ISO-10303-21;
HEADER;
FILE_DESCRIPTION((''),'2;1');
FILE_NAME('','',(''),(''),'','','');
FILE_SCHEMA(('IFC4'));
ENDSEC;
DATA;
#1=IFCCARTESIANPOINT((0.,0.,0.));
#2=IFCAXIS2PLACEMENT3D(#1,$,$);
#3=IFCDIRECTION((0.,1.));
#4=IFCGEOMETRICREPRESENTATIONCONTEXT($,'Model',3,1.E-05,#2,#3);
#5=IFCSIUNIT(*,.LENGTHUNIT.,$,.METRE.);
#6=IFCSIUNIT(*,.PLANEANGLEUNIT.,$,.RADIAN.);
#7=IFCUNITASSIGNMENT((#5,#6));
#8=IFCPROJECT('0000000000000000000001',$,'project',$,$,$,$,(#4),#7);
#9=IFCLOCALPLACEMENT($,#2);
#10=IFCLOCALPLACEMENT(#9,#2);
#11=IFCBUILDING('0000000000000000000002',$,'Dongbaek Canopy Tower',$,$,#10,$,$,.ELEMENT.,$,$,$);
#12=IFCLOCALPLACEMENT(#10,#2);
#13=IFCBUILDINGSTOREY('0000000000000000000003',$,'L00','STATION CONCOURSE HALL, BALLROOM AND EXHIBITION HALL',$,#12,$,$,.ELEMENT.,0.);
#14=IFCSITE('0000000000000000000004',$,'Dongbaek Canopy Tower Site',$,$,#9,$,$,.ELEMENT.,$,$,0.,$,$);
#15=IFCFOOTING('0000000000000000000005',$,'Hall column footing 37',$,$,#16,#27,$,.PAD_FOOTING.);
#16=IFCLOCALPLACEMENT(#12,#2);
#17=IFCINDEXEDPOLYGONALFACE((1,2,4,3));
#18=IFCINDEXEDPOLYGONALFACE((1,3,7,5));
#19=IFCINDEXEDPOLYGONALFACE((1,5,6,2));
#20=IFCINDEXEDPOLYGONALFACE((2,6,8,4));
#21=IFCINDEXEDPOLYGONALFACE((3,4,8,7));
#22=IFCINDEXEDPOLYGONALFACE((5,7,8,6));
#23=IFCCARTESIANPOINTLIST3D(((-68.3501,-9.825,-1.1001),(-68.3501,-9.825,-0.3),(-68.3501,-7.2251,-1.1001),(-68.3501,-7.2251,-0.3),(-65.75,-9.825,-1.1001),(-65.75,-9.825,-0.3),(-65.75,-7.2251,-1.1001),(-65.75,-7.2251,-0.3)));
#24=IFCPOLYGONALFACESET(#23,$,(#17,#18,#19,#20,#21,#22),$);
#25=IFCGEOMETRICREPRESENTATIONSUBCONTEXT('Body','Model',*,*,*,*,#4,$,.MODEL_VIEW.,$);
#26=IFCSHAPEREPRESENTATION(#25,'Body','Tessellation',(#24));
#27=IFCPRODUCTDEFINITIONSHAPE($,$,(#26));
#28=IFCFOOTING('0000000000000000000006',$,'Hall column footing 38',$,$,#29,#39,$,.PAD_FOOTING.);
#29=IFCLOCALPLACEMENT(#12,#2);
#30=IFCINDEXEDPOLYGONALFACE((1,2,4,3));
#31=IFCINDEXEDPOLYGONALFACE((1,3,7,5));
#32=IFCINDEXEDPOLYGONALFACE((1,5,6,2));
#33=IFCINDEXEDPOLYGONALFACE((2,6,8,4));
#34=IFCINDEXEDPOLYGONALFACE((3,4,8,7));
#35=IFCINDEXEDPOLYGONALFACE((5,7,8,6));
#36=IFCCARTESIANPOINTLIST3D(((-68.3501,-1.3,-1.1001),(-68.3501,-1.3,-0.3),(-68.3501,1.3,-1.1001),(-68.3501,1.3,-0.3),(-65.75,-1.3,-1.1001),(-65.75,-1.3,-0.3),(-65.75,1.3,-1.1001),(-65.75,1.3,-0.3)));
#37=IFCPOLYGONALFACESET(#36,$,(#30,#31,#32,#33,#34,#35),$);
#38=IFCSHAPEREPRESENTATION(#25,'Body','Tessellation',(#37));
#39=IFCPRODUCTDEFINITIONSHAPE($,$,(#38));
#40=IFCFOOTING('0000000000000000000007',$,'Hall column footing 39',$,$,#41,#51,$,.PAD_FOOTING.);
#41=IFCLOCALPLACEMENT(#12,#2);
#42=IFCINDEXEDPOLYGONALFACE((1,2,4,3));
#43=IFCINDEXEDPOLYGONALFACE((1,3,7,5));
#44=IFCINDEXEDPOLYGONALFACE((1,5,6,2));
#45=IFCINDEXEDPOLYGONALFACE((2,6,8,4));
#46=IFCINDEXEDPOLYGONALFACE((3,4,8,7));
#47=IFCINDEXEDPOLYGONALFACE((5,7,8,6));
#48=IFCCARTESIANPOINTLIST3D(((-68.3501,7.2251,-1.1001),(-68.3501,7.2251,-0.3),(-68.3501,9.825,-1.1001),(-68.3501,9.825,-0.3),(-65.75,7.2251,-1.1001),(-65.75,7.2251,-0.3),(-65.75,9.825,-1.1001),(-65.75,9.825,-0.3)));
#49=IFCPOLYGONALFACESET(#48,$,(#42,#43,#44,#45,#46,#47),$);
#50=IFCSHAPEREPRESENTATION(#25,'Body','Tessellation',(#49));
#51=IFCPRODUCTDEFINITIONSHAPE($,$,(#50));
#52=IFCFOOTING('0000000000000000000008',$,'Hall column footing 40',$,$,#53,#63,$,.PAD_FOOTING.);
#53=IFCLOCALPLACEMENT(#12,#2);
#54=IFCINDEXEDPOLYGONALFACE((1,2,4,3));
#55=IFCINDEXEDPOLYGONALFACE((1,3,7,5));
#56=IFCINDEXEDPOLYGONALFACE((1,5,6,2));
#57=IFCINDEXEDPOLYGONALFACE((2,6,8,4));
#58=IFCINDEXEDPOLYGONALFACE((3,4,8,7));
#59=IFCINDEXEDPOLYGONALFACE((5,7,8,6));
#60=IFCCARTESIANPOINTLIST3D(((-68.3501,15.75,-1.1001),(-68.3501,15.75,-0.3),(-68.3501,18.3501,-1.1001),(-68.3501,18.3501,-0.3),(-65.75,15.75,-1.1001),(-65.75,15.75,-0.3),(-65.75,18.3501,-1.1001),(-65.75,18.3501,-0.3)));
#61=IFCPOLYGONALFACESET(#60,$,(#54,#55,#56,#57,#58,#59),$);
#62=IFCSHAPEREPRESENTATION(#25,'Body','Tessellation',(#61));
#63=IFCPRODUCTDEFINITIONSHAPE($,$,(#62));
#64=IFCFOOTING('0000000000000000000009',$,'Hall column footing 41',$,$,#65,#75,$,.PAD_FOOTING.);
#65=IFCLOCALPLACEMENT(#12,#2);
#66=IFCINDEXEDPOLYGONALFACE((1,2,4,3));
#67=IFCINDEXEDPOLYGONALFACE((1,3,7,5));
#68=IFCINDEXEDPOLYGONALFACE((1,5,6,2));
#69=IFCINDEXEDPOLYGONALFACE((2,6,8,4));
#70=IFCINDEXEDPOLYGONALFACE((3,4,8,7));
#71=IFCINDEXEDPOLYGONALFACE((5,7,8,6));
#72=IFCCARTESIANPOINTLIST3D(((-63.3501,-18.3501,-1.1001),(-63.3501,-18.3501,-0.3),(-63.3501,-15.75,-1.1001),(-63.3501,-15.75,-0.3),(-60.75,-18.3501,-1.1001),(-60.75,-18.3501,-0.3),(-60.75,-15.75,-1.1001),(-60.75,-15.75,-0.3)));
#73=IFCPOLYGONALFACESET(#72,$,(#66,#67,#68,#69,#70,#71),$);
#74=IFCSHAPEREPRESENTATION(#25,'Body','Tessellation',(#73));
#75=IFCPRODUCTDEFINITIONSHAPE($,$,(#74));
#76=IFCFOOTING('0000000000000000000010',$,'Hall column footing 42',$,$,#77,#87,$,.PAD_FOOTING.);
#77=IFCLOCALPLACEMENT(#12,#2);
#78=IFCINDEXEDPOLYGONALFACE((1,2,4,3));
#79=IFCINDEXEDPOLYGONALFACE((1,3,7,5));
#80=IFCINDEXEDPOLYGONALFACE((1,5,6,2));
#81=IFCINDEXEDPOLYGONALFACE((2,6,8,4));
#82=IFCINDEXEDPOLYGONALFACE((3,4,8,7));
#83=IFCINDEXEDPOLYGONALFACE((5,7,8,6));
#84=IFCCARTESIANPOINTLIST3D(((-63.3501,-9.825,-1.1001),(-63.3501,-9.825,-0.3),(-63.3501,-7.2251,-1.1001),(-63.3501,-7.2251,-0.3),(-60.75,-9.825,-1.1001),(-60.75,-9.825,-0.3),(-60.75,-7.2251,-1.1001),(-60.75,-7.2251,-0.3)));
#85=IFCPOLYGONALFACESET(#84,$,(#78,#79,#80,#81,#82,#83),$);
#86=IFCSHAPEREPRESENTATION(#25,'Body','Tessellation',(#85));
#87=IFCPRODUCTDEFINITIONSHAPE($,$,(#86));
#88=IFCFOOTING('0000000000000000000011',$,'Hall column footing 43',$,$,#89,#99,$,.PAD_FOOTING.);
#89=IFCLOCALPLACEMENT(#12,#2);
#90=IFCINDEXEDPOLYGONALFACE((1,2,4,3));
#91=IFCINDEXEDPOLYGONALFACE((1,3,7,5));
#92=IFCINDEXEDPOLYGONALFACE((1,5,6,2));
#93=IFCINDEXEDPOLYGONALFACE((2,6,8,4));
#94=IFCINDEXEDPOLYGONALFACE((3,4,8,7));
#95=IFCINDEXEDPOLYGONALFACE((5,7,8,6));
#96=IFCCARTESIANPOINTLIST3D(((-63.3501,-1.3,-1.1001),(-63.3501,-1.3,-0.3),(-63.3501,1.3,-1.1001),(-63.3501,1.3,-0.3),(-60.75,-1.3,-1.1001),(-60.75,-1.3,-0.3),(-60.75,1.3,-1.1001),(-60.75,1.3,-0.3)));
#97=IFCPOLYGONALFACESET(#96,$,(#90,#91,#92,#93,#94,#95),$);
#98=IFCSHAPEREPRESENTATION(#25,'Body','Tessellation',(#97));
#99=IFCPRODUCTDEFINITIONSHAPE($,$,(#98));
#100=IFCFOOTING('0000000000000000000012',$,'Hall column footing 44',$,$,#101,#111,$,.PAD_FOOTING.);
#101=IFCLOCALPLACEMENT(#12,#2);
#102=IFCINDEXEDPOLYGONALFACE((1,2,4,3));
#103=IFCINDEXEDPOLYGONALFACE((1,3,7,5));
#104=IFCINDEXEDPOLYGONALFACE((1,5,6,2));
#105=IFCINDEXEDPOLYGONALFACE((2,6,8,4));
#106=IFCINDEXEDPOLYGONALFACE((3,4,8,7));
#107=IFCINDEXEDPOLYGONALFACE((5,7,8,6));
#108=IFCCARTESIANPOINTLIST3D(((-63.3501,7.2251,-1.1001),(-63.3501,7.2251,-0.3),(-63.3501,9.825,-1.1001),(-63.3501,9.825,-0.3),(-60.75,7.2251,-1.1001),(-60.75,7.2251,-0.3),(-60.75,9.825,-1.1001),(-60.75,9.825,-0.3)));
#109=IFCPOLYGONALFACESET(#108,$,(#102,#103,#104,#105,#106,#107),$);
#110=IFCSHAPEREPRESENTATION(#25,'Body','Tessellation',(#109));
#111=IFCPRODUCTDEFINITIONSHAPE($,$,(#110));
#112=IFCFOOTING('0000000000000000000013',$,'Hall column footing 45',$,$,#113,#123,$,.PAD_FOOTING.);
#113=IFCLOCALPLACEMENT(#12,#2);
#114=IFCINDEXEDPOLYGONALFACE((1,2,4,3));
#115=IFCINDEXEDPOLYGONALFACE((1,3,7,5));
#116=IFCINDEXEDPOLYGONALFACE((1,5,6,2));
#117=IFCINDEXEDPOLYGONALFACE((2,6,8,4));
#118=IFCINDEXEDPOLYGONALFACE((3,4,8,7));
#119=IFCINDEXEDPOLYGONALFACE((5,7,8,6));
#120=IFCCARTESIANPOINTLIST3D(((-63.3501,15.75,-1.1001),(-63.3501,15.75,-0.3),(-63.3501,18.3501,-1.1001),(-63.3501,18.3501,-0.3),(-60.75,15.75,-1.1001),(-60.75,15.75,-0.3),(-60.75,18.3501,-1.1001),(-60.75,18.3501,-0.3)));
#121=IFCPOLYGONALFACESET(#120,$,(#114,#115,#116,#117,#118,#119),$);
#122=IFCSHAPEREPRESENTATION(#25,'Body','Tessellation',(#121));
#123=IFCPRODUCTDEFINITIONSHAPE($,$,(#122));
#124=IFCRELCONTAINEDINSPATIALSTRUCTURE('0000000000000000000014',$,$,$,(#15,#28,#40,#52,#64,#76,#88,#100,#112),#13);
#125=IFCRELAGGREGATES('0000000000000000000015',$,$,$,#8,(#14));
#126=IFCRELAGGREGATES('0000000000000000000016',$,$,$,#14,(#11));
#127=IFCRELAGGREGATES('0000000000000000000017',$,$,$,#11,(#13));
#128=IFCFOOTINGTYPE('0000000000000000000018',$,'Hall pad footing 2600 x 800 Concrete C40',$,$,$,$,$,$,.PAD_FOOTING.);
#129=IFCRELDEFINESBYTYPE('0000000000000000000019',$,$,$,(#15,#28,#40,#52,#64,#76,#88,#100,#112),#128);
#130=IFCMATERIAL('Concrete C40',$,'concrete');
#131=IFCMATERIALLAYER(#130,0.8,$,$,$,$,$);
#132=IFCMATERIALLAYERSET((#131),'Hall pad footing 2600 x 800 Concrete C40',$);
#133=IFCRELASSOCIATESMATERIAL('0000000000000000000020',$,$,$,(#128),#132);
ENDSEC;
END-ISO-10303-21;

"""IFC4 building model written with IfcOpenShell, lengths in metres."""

from ifc_helpers import new_model, si_unit, direction, frame, origin, place, context, subcontext, project, spatial, polyline, outline, extrude, material, layer, layer_set, type_object, element, save


model = new_model("IFC4")

# Units and contexts
model_context = context("Model", 3, precision=1e-05, world=origin(), true_north=direction((0.0, 1.0)))
body_context = subcontext(model_context, "Body", "Model", "MODEL_VIEW")
ifc_project = project(units=[si_unit("LENGTHUNIT", "METRE"), si_unit("PLANEANGLEUNIT", "RADIAN")], contexts=[model_context])

# Site, building, storey
site_placement = place(None, origin())
site = spatial("IfcSite", under=ifc_project, at=site_placement, Name="Dongbaek Canopy Tower Site", CompositionType="ELEMENT", RefElevation=0.0)
building_placement = place(site_placement, origin())
building = spatial("IfcBuilding", under=site, at=building_placement, Name="Dongbaek Canopy Tower", CompositionType="ELEMENT")
storey_placement = place(building_placement, origin())
storey = spatial("IfcBuildingStorey", under=building, at=storey_placement, Name="L00", Description="STATION CONCOURSE HALL, BALLROOM AND EXHIBITION HALL", CompositionType="ELEMENT", Elevation=0.0)

# Footings
ifc_material_1 = material(Name="Concrete C40", Category="concrete")
ifc_layer_1 = layer(ifc_material_1, 0.8)
ifc_layer_set_1 = layer_set([ifc_layer_1], Name="Hall pad footing 2600 x 800 Concrete C40")
footing_type = type_object("IfcFootingType", Name="Hall pad footing 2600 x 800 Concrete C40", PredefinedType="PAD_FOOTING", material=ifc_layer_set_1)
footing_1_placement = place(storey_placement, frame((0.0, 0.0, -1.1001)))
element("IfcFooting", 1, at=footing_1_placement, inside=storey, type_object=footing_type, Name="Hall column footing 37", PredefinedType="PAD_FOOTING", context=body_context, shape_type="SweptSolid", body=[
    extrude(outline(polyline([(-68.3501, -9.825), (-65.75, -9.825), (-65.75, -7.2251), (-68.3501, -7.2251), (-68.3501, -9.825)])), origin(), (0.0, 0.0, 1.0), 0.8),
])
footing_2_placement = place(storey_placement, frame((0.0, 0.0, -1.1001)))
element("IfcFooting", 2, at=footing_2_placement, inside=storey, type_object=footing_type, Name="Hall column footing 38", PredefinedType="PAD_FOOTING", context=body_context, shape_type="SweptSolid", body=[
    extrude(outline(polyline([(-68.3501, -1.3), (-65.75, -1.3), (-65.75, 1.3), (-68.3501, 1.3), (-68.3501, -1.3)])), origin(), (0.0, 0.0, 1.0), 0.8),
])
footing_3_placement = place(storey_placement, frame((0.0, 0.0, -1.1001)))
element("IfcFooting", 3, at=footing_3_placement, inside=storey, type_object=footing_type, Name="Hall column footing 39", PredefinedType="PAD_FOOTING", context=body_context, shape_type="SweptSolid", body=[
    extrude(outline(polyline([(-68.3501, 7.2251), (-65.75, 7.2251), (-65.75, 9.825), (-68.3501, 9.825), (-68.3501, 7.2251)])), origin(), (0.0, 0.0, 1.0), 0.8),
])
footing_4_placement = place(storey_placement, frame((0.0, 0.0, -1.1001)))
element("IfcFooting", 4, at=footing_4_placement, inside=storey, type_object=footing_type, Name="Hall column footing 40", PredefinedType="PAD_FOOTING", context=body_context, shape_type="SweptSolid", body=[
    extrude(outline(polyline([(-68.3501, 15.75), (-65.75, 15.75), (-65.75, 18.3501), (-68.3501, 18.3501), (-68.3501, 15.75)])), origin(), (0.0, 0.0, 1.0), 0.8),
])
footing_5_placement = place(storey_placement, frame((0.0, 0.0, -1.1001)))
element("IfcFooting", 5, at=footing_5_placement, inside=storey, type_object=footing_type, Name="Hall column footing 41", PredefinedType="PAD_FOOTING", context=body_context, shape_type="SweptSolid", body=[
    extrude(outline(polyline([(-63.3501, -18.3501), (-60.75, -18.3501), (-60.75, -15.75), (-63.3501, -15.75), (-63.3501, -18.3501)])), origin(), (0.0, 0.0, 1.0), 0.8),
])
footing_6_placement = place(storey_placement, frame((0.0, 0.0, -1.1001)))
element("IfcFooting", 6, at=footing_6_placement, inside=storey, type_object=footing_type, Name="Hall column footing 42", PredefinedType="PAD_FOOTING", context=body_context, shape_type="SweptSolid", body=[
    extrude(outline(polyline([(-63.3501, -9.825), (-60.75, -9.825), (-60.75, -7.2251), (-63.3501, -7.2251), (-63.3501, -9.825)])), origin(), (0.0, 0.0, 1.0), 0.8),
])
footing_7_placement = place(storey_placement, frame((0.0, 0.0, -1.1001)))
element("IfcFooting", 7, at=footing_7_placement, inside=storey, type_object=footing_type, Name="Hall column footing 43", PredefinedType="PAD_FOOTING", context=body_context, shape_type="SweptSolid", body=[
    extrude(outline(polyline([(-63.3501, -1.3), (-60.75, -1.3), (-60.75, 1.3), (-63.3501, 1.3), (-63.3501, -1.3)])), origin(), (0.0, 0.0, 1.0), 0.8),
])
footing_8_placement = place(storey_placement, frame((0.0, 0.0, -1.1001)))
element("IfcFooting", 8, at=footing_8_placement, inside=storey, type_object=footing_type, Name="Hall column footing 44", PredefinedType="PAD_FOOTING", context=body_context, shape_type="SweptSolid", body=[
    extrude(outline(polyline([(-63.3501, 7.2251), (-60.75, 7.2251), (-60.75, 9.825), (-63.3501, 9.825), (-63.3501, 7.2251)])), origin(), (0.0, 0.0, 1.0), 0.8),
])
footing_9_placement = place(storey_placement, frame((0.0, 0.0, -1.1001)))
element("IfcFooting", 9, at=footing_9_placement, inside=storey, type_object=footing_type, Name="Hall column footing 45", PredefinedType="PAD_FOOTING", context=body_context, shape_type="SweptSolid", body=[
    extrude(outline(polyline([(-63.3501, 15.75), (-60.75, 15.75), (-60.75, 18.3501), (-63.3501, 18.3501), (-63.3501, 15.75)])), origin(), (0.0, 0.0, 1.0), 0.8),
])

save(model, "model.ifc")
